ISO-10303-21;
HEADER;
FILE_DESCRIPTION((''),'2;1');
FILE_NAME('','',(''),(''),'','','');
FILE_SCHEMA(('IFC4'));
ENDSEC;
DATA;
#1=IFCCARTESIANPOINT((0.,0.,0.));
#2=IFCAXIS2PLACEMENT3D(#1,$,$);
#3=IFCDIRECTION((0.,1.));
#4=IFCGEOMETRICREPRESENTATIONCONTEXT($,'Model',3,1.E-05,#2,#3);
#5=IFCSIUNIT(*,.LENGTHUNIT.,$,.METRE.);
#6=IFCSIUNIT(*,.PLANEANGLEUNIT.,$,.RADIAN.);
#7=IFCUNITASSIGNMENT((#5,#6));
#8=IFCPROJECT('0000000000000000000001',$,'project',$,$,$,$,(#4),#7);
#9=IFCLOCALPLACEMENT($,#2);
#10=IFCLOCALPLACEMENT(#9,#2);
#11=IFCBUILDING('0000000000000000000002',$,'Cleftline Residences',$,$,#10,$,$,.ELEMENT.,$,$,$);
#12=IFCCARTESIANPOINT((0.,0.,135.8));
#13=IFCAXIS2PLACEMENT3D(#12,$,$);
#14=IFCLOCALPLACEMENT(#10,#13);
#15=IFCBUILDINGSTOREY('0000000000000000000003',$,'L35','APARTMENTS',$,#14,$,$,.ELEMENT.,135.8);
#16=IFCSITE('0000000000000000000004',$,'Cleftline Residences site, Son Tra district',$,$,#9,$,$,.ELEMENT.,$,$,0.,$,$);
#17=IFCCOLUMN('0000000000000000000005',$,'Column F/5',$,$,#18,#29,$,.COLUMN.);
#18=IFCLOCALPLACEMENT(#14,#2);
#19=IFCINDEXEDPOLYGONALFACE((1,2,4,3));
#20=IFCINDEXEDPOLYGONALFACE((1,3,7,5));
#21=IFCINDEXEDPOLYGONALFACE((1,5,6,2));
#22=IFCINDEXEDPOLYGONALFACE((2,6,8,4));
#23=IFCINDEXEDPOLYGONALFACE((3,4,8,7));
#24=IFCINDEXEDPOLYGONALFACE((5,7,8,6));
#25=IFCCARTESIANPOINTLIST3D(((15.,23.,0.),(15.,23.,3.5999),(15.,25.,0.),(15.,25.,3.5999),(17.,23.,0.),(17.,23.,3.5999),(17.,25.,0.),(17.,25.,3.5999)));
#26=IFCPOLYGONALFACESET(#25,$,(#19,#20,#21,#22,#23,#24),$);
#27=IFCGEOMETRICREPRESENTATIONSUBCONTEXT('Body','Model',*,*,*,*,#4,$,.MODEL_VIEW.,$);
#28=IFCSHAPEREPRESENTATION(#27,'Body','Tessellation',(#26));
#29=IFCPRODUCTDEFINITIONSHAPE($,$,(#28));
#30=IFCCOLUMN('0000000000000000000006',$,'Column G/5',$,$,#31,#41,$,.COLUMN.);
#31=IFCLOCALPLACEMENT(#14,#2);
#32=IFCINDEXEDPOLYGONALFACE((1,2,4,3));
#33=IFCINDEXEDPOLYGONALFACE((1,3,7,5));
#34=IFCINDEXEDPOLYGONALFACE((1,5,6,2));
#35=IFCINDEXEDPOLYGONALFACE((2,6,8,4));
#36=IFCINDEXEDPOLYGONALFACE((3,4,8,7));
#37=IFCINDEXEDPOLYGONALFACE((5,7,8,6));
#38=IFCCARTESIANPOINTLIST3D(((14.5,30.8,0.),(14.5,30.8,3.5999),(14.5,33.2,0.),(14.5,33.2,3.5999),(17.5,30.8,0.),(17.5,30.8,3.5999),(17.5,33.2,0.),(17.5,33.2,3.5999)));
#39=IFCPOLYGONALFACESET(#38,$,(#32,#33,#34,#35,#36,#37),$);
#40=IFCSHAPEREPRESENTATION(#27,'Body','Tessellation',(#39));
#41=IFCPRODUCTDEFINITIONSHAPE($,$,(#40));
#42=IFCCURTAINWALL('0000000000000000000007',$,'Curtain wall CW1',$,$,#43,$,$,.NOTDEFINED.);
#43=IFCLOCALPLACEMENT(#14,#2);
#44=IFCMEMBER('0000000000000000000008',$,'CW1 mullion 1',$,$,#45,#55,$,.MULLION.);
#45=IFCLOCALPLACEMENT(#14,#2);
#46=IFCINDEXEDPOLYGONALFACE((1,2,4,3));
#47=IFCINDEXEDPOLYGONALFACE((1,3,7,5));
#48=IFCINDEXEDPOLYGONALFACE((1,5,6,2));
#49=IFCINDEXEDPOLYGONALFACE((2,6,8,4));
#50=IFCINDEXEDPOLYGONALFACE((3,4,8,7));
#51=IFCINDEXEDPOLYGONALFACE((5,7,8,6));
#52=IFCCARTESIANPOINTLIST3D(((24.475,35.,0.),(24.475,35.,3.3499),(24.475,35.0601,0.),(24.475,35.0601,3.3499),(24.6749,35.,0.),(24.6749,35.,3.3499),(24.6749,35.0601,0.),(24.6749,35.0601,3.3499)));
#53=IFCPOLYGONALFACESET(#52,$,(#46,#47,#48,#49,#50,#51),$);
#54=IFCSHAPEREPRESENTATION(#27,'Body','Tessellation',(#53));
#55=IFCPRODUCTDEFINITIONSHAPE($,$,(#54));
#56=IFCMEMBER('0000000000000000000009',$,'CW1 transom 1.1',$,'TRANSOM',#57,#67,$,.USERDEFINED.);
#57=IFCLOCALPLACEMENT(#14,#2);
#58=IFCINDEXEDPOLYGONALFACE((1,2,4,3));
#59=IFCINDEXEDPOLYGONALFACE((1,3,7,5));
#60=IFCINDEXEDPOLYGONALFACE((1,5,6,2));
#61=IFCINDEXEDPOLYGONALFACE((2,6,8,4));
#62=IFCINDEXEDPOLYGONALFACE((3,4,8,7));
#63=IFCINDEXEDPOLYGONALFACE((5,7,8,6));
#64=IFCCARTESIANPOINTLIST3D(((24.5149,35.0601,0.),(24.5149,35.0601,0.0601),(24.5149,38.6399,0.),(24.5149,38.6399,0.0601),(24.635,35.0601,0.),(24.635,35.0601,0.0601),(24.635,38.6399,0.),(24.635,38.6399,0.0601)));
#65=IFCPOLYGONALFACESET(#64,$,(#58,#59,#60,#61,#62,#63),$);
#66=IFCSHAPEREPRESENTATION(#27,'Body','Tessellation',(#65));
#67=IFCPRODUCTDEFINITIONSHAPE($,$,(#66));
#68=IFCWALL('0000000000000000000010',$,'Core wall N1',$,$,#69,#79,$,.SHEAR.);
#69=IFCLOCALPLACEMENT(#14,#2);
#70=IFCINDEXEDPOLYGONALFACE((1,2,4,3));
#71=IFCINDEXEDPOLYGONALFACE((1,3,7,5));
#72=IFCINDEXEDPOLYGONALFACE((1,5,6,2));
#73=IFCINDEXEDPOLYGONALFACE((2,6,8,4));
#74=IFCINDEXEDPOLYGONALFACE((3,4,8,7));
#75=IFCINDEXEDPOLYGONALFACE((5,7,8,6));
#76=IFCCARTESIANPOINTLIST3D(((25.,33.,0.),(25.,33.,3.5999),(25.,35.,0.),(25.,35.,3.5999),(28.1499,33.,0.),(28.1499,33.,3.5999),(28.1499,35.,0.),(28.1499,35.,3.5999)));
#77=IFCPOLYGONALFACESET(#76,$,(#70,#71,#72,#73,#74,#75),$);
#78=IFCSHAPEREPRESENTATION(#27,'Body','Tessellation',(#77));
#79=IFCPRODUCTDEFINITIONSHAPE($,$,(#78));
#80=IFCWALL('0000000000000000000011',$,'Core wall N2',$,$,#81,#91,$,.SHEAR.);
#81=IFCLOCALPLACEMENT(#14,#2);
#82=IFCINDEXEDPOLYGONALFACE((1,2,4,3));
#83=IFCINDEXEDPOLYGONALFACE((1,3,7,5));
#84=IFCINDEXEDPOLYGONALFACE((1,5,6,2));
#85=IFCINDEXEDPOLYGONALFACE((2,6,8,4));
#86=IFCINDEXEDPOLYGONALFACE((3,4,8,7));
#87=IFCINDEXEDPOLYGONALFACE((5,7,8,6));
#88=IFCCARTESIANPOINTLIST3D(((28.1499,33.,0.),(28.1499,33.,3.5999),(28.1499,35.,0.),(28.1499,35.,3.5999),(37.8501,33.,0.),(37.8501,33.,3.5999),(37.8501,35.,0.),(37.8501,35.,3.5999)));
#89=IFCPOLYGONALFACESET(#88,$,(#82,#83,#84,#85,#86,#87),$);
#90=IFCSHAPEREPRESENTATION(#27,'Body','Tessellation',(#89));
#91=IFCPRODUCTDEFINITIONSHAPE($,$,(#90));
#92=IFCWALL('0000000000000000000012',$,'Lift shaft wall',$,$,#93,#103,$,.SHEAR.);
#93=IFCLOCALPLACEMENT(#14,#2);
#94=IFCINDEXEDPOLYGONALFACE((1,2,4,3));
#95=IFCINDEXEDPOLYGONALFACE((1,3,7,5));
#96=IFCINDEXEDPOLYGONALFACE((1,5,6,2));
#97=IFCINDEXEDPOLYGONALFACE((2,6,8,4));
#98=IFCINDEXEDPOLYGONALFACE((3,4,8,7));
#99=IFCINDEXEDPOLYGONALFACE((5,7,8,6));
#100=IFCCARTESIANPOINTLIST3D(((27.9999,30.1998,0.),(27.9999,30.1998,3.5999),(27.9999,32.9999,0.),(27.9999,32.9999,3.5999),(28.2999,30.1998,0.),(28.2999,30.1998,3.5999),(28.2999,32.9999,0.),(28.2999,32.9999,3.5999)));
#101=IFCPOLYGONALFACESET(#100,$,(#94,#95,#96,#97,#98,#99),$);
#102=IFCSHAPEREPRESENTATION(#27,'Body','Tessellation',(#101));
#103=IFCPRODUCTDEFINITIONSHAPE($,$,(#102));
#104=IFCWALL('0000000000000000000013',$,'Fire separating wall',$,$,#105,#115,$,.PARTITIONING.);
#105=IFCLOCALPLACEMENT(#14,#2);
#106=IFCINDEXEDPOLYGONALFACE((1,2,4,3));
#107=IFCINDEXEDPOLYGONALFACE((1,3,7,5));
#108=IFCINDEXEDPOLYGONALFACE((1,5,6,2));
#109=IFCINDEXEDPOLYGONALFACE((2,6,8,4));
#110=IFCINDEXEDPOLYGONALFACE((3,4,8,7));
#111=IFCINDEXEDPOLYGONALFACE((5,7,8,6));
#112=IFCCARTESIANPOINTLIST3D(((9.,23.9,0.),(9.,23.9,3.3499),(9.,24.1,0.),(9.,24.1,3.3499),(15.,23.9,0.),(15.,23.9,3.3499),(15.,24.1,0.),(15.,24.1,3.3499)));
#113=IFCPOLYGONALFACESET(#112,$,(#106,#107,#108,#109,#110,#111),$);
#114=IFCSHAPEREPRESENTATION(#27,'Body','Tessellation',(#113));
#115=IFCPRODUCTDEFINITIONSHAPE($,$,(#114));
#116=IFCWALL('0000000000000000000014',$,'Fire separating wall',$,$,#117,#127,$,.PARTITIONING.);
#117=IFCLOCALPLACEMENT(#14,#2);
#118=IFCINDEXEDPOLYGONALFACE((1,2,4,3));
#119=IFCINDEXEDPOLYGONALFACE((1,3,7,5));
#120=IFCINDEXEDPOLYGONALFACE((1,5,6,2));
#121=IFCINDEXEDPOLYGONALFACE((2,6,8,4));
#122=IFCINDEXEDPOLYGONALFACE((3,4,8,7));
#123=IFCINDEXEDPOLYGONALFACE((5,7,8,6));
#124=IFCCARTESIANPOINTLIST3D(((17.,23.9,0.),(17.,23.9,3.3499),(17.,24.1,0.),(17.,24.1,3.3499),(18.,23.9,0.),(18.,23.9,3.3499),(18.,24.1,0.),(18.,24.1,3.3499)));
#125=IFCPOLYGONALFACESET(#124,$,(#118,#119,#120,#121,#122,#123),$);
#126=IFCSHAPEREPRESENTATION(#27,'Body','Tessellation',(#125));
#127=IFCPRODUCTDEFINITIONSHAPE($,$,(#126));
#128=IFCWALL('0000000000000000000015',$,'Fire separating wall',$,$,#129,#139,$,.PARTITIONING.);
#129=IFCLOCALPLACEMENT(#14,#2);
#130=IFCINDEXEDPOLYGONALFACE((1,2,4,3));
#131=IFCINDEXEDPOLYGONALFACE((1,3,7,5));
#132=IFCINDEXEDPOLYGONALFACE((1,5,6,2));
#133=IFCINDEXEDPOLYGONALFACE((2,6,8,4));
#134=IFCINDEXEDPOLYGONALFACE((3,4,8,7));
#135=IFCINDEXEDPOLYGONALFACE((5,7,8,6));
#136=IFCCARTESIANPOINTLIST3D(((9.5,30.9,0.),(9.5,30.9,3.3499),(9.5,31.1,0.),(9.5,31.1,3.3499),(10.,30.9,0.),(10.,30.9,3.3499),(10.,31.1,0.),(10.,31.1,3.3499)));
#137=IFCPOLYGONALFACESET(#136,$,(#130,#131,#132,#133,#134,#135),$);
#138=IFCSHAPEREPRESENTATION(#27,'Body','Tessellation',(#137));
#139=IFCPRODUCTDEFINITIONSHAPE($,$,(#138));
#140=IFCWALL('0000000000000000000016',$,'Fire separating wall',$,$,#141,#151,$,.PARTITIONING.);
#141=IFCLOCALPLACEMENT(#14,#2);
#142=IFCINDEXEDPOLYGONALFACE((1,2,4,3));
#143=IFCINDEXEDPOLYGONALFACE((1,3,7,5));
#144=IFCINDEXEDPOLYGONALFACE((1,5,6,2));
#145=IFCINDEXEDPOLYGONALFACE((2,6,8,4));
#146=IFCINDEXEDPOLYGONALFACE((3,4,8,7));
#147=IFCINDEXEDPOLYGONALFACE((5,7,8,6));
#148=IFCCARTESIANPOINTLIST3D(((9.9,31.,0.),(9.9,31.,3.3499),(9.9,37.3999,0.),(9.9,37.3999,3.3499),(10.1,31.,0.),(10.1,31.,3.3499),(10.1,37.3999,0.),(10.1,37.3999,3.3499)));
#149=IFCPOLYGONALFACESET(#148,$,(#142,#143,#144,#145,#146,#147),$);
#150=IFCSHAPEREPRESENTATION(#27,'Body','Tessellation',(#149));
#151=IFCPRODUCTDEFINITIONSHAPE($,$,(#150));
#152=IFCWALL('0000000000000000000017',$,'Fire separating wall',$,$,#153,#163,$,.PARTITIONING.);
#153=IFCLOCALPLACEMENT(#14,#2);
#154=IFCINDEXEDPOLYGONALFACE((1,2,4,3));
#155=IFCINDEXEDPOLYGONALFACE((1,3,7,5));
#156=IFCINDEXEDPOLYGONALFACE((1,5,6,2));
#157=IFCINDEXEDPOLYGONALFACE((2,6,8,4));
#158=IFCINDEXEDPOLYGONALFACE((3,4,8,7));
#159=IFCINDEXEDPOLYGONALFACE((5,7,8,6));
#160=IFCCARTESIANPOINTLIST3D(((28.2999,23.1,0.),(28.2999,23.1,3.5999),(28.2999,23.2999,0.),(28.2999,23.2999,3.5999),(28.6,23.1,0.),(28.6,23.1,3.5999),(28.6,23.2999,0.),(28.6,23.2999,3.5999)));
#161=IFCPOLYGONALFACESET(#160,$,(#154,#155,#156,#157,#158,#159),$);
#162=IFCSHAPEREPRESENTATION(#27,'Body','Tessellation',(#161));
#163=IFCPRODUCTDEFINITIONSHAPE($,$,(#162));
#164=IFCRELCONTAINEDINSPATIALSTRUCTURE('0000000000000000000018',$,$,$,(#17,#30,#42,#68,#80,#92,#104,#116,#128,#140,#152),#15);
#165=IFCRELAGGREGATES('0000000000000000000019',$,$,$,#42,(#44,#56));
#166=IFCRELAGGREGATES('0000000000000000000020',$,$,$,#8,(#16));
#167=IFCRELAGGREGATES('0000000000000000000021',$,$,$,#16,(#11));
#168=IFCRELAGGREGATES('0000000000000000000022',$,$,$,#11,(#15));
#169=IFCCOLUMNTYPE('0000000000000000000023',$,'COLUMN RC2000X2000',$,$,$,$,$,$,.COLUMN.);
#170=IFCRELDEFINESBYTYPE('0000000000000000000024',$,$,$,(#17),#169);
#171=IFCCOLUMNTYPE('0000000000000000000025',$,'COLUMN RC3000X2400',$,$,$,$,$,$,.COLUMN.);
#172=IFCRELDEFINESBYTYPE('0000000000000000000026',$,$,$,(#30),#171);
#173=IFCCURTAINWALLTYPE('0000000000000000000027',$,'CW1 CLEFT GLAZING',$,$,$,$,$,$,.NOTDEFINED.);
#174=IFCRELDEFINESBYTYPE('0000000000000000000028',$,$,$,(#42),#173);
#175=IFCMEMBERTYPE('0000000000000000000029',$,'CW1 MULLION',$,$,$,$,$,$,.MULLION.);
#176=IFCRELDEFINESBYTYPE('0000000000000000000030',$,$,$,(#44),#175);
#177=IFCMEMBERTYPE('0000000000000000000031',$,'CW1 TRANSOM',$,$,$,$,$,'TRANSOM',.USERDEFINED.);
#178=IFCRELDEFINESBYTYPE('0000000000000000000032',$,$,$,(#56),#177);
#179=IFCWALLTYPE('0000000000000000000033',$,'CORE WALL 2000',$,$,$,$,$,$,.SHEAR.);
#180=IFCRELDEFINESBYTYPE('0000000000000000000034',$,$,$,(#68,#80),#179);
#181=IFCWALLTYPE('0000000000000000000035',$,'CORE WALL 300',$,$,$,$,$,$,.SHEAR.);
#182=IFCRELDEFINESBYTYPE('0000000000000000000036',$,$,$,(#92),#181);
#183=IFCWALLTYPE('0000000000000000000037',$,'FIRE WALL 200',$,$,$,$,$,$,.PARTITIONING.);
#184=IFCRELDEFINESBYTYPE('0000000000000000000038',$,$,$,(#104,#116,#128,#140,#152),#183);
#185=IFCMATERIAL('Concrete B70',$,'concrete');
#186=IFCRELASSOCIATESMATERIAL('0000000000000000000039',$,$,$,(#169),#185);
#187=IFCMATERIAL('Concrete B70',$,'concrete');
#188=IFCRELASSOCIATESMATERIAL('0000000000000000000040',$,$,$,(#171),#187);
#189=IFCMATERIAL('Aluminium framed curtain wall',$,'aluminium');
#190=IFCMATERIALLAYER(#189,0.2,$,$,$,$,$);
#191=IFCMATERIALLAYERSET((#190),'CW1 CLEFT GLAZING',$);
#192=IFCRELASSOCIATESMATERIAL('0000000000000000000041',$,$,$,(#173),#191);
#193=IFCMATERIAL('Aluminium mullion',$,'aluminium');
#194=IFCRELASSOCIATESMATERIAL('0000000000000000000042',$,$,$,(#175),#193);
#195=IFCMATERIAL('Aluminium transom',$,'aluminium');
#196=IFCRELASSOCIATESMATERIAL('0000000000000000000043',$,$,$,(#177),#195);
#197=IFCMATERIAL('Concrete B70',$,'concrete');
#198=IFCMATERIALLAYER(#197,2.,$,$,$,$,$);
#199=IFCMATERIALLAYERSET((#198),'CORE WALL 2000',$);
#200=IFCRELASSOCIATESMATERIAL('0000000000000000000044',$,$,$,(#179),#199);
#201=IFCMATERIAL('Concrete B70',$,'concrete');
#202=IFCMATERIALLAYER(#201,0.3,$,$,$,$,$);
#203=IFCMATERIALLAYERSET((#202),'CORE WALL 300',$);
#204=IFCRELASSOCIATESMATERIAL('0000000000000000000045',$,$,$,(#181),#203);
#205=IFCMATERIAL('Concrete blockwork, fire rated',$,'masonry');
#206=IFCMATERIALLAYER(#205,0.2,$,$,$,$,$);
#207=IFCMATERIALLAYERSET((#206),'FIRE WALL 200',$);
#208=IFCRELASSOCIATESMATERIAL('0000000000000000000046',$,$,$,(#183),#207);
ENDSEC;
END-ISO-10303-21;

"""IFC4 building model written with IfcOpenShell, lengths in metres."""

from ifc_helpers import new_model, si_unit, direction, frame, frame_2d, origin, origin_2d, place, context, subcontext, project, spatial, rectangle, extrude, material, layer, layer_set, material_profile, profile_set, type_object, element, aggregate, save


model = new_model("IFC4")

# Units and contexts
model_context = context("Model", 3, precision=1e-05, world=origin(), true_north=direction((0.0, 1.0)))
body_context = subcontext(model_context, "Body", "Model", "MODEL_VIEW")
ifc_project = project(units=[si_unit("LENGTHUNIT", "METRE"), si_unit("PLANEANGLEUNIT", "RADIAN")], contexts=[model_context])

# Site, building, storey
site_placement = place(None, origin())
site = spatial("IfcSite", under=ifc_project, at=site_placement, Name="Cleftline Residences site, Son Tra district", CompositionType="ELEMENT", RefElevation=0.0)
building_placement = place(site_placement, origin())
building = spatial("IfcBuilding", under=site, at=building_placement, Name="Cleftline Residences", CompositionType="ELEMENT")
storey_placement = place(building_placement, frame((0.0, 0.0, 135.8)))
storey = spatial("IfcBuildingStorey", under=building, at=storey_placement, Name="L35", Description="APARTMENTS", CompositionType="ELEMENT", Elevation=135.8)

# Columns
ifc_material_1 = material(Name="Concrete B70", Category="concrete")
ifc_material_profile_1 = material_profile(ifc_material_1, rectangle(XDim=2.0, YDim=2.0, at=origin_2d()))
ifc_profile_set_1 = profile_set([ifc_material_profile_1], Name="Concrete B70")
column_type_1 = type_object("IfcColumnType", Name="COLUMN RC2000X2000", PredefinedType="COLUMN", material=ifc_profile_set_1)
column_1_placement = place(storey_placement, frame((16.0, 24.0, 0.0), z_axis=(0.0, 0.0, 1.0), x_axis=(1.0, 0.0, 0.0)))
element("IfcColumn", 1, at=column_1_placement, inside=storey, type_object=column_type_1, Name="Column F/5", PredefinedType="COLUMN", context=body_context, shape_type="SweptSolid", body=[
    extrude(rectangle(XDim=2.0, YDim=2.0, at=origin_2d()), origin(), (0.0, 0.0, 1.0), 3.5999),
])
ifc_material_2 = material(Name="Concrete B70", Category="concrete")
ifc_material_profile_2 = material_profile(ifc_material_2, rectangle(XDim=3.0, YDim=2.3999, at=origin_2d()))
ifc_profile_set_2 = profile_set([ifc_material_profile_2], Name="Concrete B70")
column_type_2 = type_object("IfcColumnType", Name="COLUMN RC3000X2400", PredefinedType="COLUMN", material=ifc_profile_set_2)
column_2_placement = place(storey_placement, frame((16.0, 32.0, 0.0), z_axis=(0.0, 0.0, 1.0), x_axis=(1.0, 0.0, 0.0)))
element("IfcColumn", 2, at=column_2_placement, inside=storey, type_object=column_type_2, Name="Column G/5", PredefinedType="COLUMN", context=body_context, shape_type="SweptSolid", body=[
    extrude(rectangle(XDim=3.0, YDim=2.3999, at=origin_2d()), origin(), (0.0, 0.0, 1.0), 3.5999),
])

# Curtain wall, members
ifc_material_3 = material(Name="Aluminium framed curtain wall", Category="aluminium")
ifc_layer_1 = layer(ifc_material_3, 0.2)
ifc_layer_set_1 = layer_set([ifc_layer_1], Name="CW1 CLEFT GLAZING")
curtain_wall_type = type_object("IfcCurtainWallType", Name="CW1 CLEFT GLAZING", PredefinedType="NOTDEFINED", material=ifc_layer_set_1)
curtain_wall_placement = place(storey_placement, origin())
curtain_wall = element("IfcCurtainWall", 3, at=curtain_wall_placement, inside=storey, type_object=curtain_wall_type, Name="Curtain wall CW1", PredefinedType="NOTDEFINED")
ifc_material_4 = material(Name="Aluminium mullion", Category="aluminium")
ifc_material_profile_3 = material_profile(ifc_material_4, rectangle(XDim=0.2, YDim=0.0601, at=origin_2d()))
ifc_profile_set_3 = profile_set([ifc_material_profile_3], Name="Aluminium mullion")
member_type_1 = type_object("IfcMemberType", Name="CW1 MULLION", PredefinedType="MULLION", material=ifc_profile_set_3)
member_1_placement = place(storey_placement, frame((24.575, 35.03, 0.0), z_axis=(0.0, 0.0, 1.0), x_axis=(-1.0, 0.0, 0.0)))
member_1 = element("IfcMember", 4, at=member_1_placement, type_object=member_type_1, Name="CW1 mullion 1", PredefinedType="MULLION", context=body_context, shape_type="SweptSolid", body=[
    extrude(rectangle(XDim=0.2, YDim=0.0601, at=origin_2d()), origin(), (0.0, 0.0, 1.0), 3.3499),
])
ifc_material_5 = material(Name="Aluminium transom", Category="aluminium")
ifc_material_profile_4 = material_profile(ifc_material_5, rectangle(XDim=0.1201, YDim=0.0601, at=origin_2d()))
ifc_profile_set_4 = profile_set([ifc_material_profile_4], Name="Aluminium transom")
member_type_2 = type_object("IfcMemberType", Name="CW1 TRANSOM", ElementType="TRANSOM", PredefinedType="USERDEFINED", material=ifc_profile_set_4)
member_2_placement = place(storey_placement, frame((24.575, 35.0601, 0.03), z_axis=(0.0, 1.0, 0.0), x_axis=(-1.0, 0.0, 0.0)))
member_2 = element("IfcMember", 5, at=member_2_placement, type_object=member_type_2, Name="CW1 transom 1.1", ObjectType="TRANSOM", PredefinedType="USERDEFINED", context=body_context, shape_type="SweptSolid", body=[
    extrude(rectangle(XDim=0.1201, YDim=0.0601, at=origin_2d()), origin(), (0.0, 0.0, 1.0), 3.5798),
])
aggregate(curtain_wall, [member_1, member_2])

# Walls
ifc_material_6 = material(Name="Concrete B70", Category="concrete")
ifc_layer_2 = layer(ifc_material_6, 2.0)
ifc_layer_set_2 = layer_set([ifc_layer_2], Name="CORE WALL 2000")
wall_type_1 = type_object("IfcWallType", Name="CORE WALL 2000", PredefinedType="SHEAR", material=ifc_layer_set_2)
wall_1_placement = place(storey_placement, frame((25.0, 34.0, 0.0), z_axis=(0.0, 0.0, 1.0), x_axis=(1.0, 0.0, 0.0)))
element("IfcWall", 6, at=wall_1_placement, inside=storey, type_object=wall_type_1, Name="Core wall N1", PredefinedType="SHEAR", context=body_context, shape_type="SweptSolid", body=[
    extrude(rectangle(XDim=3.1499, YDim=2.0, at=frame_2d((1.575, 0.0))), origin(), (0.0, 0.0, 1.0), 3.5999),
])
wall_2_placement = place(storey_placement, frame((28.1499, 34.0, 0.0), z_axis=(0.0, 0.0, 1.0), x_axis=(1.0, 0.0, 0.0)))
element("IfcWall", 7, at=wall_2_placement, inside=storey, type_object=wall_type_1, Name="Core wall N2", PredefinedType="SHEAR", context=body_context, shape_type="SweptSolid", body=[
    extrude(rectangle(XDim=9.7002, YDim=2.0, at=frame_2d((4.8501, 0.0))), origin(), (0.0, 0.0, 1.0), 3.5999),
])
ifc_material_7 = material(Name="Concrete B70", Category="concrete")
ifc_layer_3 = layer(ifc_material_7, 0.3)
ifc_layer_set_3 = layer_set([ifc_layer_3], Name="CORE WALL 300")
wall_type_2 = type_object("IfcWallType", Name="CORE WALL 300", PredefinedType="SHEAR", material=ifc_layer_set_3)
wall_3_placement = place(storey_placement, frame((28.1499, 30.2, 0.0), z_axis=(0.0, 0.0, 1.0), x_axis=(0.0, 1.0, 0.0)))
element("IfcWall", 8, at=wall_3_placement, inside=storey, type_object=wall_type_2, Name="Lift shaft wall", PredefinedType="SHEAR", context=body_context, shape_type="SweptSolid", body=[
    extrude(rectangle(XDim=2.8, YDim=0.3, at=frame_2d((1.3999, 0.0))), origin(), (0.0, 0.0, 1.0), 3.5999),
])
ifc_material_8 = material(Name="Concrete blockwork, fire rated", Category="masonry")
ifc_layer_4 = layer(ifc_material_8, 0.2)
ifc_layer_set_4 = layer_set([ifc_layer_4], Name="FIRE WALL 200")
wall_type_3 = type_object("IfcWallType", Name="FIRE WALL 200", PredefinedType="PARTITIONING", material=ifc_layer_set_4)
wall_4_placement = place(storey_placement, frame((9.0, 24.0, 0.0), z_axis=(0.0, 0.0, 1.0), x_axis=(1.0, 0.0, 0.0)))
element("IfcWall", 9, at=wall_4_placement, inside=storey, type_object=wall_type_3, Name="Fire separating wall", PredefinedType="PARTITIONING", context=body_context, shape_type="SweptSolid", body=[
    extrude(rectangle(XDim=6.0, YDim=0.2, at=frame_2d((3.0, 0.0))), origin(), (0.0, 0.0, 1.0), 3.3499),
])
wall_5_placement = place(storey_placement, frame((17.0, 24.0, 0.0), z_axis=(0.0, 0.0, 1.0), x_axis=(1.0, 0.0, 0.0)))
element("IfcWall", 10, at=wall_5_placement, inside=storey, type_object=wall_type_3, Name="Fire separating wall", PredefinedType="PARTITIONING", context=body_context, shape_type="SweptSolid", body=[
    extrude(rectangle(XDim=1.0, YDim=0.2, at=frame_2d((0.5, 0.0))), origin(), (0.0, 0.0, 1.0), 3.3499),
])
wall_6_placement = place(storey_placement, frame((9.5, 31.0, 0.0), z_axis=(0.0, 0.0, 1.0), x_axis=(1.0, 0.0, 0.0)))
element("IfcWall", 11, at=wall_6_placement, inside=storey, type_object=wall_type_3, Name="Fire separating wall", PredefinedType="PARTITIONING", context=body_context, shape_type="SweptSolid", body=[
    extrude(rectangle(XDim=0.5, YDim=0.2, at=frame_2d((0.25, 0.0))), origin(), (0.0, 0.0, 1.0), 3.3499),
])
wall_7_placement = place(storey_placement, frame((10.0, 31.0, 0.0), z_axis=(0.0, 0.0, 1.0), x_axis=(0.0, 1.0, 0.0)))
element("IfcWall", 12, at=wall_7_placement, inside=storey, type_object=wall_type_3, Name="Fire separating wall", PredefinedType="PARTITIONING", context=body_context, shape_type="SweptSolid", body=[
    extrude(rectangle(XDim=6.3999, YDim=0.2, at=frame_2d((3.2, 0.0))), origin(), (0.0, 0.0, 1.0), 3.3499),
])
wall_8_placement = place(storey_placement, frame((28.3, 23.2, 0.0), z_axis=(0.0, 0.0, 1.0), x_axis=(1.0, 0.0, 0.0)))
element("IfcWall", 13, at=wall_8_placement, inside=storey, type_object=wall_type_3, Name="Fire separating wall", PredefinedType="PARTITIONING", context=body_context, shape_type="SweptSolid", body=[
    extrude(rectangle(XDim=0.3, YDim=0.2, at=frame_2d((0.1499, 0.0))), origin(), (0.0, 0.0, 1.0), 3.5999),
])

save(model, "model.ifc")
